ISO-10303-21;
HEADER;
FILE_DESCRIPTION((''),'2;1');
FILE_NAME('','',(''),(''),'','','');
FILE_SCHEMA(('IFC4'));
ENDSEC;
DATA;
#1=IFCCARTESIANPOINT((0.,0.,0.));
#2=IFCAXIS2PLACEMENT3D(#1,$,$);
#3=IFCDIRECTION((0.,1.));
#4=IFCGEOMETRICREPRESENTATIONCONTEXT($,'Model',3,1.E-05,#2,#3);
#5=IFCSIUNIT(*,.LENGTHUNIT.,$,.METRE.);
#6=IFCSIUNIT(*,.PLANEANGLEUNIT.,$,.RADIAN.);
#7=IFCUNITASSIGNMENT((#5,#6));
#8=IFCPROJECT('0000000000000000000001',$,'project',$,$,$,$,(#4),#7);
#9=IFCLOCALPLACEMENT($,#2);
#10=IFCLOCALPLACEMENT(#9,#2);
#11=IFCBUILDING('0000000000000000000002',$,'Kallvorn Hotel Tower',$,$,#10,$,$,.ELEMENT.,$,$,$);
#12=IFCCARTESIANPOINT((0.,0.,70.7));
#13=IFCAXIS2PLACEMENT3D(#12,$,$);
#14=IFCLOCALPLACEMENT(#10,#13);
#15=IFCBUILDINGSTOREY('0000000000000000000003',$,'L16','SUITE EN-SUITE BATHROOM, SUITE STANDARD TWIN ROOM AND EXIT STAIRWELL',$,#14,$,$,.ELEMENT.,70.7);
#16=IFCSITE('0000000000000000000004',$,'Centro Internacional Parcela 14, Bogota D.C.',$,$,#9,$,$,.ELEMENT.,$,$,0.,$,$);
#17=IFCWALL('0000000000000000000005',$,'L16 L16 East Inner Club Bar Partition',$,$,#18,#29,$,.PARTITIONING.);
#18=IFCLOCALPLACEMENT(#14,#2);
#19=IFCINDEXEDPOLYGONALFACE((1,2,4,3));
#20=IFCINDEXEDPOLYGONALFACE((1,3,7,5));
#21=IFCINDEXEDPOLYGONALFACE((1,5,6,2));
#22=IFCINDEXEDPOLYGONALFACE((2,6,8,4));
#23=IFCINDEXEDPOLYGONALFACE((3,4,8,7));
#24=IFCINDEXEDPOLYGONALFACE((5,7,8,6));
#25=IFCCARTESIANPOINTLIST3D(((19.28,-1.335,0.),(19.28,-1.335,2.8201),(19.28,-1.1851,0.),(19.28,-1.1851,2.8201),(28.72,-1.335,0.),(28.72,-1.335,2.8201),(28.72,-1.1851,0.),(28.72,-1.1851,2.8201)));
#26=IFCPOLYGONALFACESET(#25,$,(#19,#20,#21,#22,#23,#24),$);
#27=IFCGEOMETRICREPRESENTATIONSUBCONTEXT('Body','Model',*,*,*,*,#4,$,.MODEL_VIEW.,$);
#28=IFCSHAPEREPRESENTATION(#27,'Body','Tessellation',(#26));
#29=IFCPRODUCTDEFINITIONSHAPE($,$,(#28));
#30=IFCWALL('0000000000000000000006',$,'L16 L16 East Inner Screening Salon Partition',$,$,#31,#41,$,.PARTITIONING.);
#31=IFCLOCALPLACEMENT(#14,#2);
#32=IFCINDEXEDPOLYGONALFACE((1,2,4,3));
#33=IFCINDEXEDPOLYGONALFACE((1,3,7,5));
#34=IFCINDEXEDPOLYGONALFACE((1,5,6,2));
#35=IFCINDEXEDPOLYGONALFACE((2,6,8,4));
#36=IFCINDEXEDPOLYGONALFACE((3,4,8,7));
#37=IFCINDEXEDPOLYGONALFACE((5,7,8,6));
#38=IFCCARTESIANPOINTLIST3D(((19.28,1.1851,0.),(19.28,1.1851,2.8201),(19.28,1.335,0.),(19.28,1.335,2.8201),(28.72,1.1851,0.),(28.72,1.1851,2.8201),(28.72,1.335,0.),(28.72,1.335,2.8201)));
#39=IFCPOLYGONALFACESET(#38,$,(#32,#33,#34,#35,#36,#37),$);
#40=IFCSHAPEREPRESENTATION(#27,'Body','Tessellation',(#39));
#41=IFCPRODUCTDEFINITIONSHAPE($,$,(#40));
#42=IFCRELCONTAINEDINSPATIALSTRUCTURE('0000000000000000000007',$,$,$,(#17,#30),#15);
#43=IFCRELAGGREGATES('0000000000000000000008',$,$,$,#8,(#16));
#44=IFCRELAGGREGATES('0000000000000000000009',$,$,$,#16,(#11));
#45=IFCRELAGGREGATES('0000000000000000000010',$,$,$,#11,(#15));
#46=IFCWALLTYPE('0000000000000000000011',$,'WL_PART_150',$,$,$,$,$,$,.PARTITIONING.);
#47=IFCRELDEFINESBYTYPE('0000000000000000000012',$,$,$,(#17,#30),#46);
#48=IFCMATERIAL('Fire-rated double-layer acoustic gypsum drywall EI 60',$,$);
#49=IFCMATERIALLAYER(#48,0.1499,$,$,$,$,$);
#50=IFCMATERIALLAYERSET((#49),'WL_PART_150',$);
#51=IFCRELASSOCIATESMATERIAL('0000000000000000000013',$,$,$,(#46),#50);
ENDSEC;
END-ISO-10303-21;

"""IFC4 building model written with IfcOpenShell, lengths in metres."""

from ifc_helpers import new_model, si_unit, direction, frame, frame_2d, origin, place, context, subcontext, project, spatial, rectangle, extrude, material, layer, layer_set, type_object, element, save


model = new_model("IFC4")

# Units and contexts
model_context = context("Model", 3, precision=1e-05, world=origin(), true_north=direction((0.0, 1.0)))
body_context = subcontext(model_context, "Body", "Model", "MODEL_VIEW")
ifc_project = project(units=[si_unit("LENGTHUNIT", "METRE"), si_unit("PLANEANGLEUNIT", "RADIAN")], contexts=[model_context])

# Site, building, storey
site_placement = place(None, origin())
site = spatial("IfcSite", under=ifc_project, at=site_placement, Name="Centro Internacional Parcela 14, Bogota D.C.", CompositionType="ELEMENT", RefElevation=0.0)
building_placement = place(site_placement, origin())
building = spatial("IfcBuilding", under=site, at=building_placement, Name="Kallvorn Hotel Tower", CompositionType="ELEMENT")
storey_placement = place(building_placement, frame((0.0, 0.0, 70.7)))
storey = spatial("IfcBuildingStorey", under=building, at=storey_placement, Name="L16", Description="SUITE EN-SUITE BATHROOM, SUITE STANDARD TWIN ROOM AND EXIT STAIRWELL", CompositionType="ELEMENT", Elevation=70.7)

# Walls
ifc_material_1 = material(Name="Fire-rated double-layer acoustic gypsum drywall EI 60")
ifc_layer_1 = layer(ifc_material_1, 0.1499)
ifc_layer_set_1 = layer_set([ifc_layer_1], Name="WL_PART_150")
wall_type_1 = type_object("IfcWallType", Name="WL_PART_150", PredefinedType="PARTITIONING", material=ifc_layer_set_1)
for number, where, z_axis, x_axis, name in (
    (1, (19.28, -1.26, 0.0), (0.0, 0.0, 1.0), (1.0, 0.0, 0.0), "L16 L16 East Inner Club Bar Partition"),
    (2, (19.28, 1.26, 0.0), (0.0, 0.0, 1.0), (1.0, 0.0, 0.0), "L16 L16 East Inner Screening Salon Partition"),
):
    element("IfcWall", number, at=place(storey_placement, frame(where, z_axis=z_axis, x_axis=x_axis)), inside=storey, type_object=wall_type_1, Name=name, PredefinedType="PARTITIONING", context=body_context, shape_type="SweptSolid", body=[
        extrude(rectangle(XDim=9.4399, YDim=0.1499, at=frame_2d((4.72, 0.0))), origin(), (0.0, 0.0, 1.0), 2.8201),
    ])

save(model, "model.ifc")
